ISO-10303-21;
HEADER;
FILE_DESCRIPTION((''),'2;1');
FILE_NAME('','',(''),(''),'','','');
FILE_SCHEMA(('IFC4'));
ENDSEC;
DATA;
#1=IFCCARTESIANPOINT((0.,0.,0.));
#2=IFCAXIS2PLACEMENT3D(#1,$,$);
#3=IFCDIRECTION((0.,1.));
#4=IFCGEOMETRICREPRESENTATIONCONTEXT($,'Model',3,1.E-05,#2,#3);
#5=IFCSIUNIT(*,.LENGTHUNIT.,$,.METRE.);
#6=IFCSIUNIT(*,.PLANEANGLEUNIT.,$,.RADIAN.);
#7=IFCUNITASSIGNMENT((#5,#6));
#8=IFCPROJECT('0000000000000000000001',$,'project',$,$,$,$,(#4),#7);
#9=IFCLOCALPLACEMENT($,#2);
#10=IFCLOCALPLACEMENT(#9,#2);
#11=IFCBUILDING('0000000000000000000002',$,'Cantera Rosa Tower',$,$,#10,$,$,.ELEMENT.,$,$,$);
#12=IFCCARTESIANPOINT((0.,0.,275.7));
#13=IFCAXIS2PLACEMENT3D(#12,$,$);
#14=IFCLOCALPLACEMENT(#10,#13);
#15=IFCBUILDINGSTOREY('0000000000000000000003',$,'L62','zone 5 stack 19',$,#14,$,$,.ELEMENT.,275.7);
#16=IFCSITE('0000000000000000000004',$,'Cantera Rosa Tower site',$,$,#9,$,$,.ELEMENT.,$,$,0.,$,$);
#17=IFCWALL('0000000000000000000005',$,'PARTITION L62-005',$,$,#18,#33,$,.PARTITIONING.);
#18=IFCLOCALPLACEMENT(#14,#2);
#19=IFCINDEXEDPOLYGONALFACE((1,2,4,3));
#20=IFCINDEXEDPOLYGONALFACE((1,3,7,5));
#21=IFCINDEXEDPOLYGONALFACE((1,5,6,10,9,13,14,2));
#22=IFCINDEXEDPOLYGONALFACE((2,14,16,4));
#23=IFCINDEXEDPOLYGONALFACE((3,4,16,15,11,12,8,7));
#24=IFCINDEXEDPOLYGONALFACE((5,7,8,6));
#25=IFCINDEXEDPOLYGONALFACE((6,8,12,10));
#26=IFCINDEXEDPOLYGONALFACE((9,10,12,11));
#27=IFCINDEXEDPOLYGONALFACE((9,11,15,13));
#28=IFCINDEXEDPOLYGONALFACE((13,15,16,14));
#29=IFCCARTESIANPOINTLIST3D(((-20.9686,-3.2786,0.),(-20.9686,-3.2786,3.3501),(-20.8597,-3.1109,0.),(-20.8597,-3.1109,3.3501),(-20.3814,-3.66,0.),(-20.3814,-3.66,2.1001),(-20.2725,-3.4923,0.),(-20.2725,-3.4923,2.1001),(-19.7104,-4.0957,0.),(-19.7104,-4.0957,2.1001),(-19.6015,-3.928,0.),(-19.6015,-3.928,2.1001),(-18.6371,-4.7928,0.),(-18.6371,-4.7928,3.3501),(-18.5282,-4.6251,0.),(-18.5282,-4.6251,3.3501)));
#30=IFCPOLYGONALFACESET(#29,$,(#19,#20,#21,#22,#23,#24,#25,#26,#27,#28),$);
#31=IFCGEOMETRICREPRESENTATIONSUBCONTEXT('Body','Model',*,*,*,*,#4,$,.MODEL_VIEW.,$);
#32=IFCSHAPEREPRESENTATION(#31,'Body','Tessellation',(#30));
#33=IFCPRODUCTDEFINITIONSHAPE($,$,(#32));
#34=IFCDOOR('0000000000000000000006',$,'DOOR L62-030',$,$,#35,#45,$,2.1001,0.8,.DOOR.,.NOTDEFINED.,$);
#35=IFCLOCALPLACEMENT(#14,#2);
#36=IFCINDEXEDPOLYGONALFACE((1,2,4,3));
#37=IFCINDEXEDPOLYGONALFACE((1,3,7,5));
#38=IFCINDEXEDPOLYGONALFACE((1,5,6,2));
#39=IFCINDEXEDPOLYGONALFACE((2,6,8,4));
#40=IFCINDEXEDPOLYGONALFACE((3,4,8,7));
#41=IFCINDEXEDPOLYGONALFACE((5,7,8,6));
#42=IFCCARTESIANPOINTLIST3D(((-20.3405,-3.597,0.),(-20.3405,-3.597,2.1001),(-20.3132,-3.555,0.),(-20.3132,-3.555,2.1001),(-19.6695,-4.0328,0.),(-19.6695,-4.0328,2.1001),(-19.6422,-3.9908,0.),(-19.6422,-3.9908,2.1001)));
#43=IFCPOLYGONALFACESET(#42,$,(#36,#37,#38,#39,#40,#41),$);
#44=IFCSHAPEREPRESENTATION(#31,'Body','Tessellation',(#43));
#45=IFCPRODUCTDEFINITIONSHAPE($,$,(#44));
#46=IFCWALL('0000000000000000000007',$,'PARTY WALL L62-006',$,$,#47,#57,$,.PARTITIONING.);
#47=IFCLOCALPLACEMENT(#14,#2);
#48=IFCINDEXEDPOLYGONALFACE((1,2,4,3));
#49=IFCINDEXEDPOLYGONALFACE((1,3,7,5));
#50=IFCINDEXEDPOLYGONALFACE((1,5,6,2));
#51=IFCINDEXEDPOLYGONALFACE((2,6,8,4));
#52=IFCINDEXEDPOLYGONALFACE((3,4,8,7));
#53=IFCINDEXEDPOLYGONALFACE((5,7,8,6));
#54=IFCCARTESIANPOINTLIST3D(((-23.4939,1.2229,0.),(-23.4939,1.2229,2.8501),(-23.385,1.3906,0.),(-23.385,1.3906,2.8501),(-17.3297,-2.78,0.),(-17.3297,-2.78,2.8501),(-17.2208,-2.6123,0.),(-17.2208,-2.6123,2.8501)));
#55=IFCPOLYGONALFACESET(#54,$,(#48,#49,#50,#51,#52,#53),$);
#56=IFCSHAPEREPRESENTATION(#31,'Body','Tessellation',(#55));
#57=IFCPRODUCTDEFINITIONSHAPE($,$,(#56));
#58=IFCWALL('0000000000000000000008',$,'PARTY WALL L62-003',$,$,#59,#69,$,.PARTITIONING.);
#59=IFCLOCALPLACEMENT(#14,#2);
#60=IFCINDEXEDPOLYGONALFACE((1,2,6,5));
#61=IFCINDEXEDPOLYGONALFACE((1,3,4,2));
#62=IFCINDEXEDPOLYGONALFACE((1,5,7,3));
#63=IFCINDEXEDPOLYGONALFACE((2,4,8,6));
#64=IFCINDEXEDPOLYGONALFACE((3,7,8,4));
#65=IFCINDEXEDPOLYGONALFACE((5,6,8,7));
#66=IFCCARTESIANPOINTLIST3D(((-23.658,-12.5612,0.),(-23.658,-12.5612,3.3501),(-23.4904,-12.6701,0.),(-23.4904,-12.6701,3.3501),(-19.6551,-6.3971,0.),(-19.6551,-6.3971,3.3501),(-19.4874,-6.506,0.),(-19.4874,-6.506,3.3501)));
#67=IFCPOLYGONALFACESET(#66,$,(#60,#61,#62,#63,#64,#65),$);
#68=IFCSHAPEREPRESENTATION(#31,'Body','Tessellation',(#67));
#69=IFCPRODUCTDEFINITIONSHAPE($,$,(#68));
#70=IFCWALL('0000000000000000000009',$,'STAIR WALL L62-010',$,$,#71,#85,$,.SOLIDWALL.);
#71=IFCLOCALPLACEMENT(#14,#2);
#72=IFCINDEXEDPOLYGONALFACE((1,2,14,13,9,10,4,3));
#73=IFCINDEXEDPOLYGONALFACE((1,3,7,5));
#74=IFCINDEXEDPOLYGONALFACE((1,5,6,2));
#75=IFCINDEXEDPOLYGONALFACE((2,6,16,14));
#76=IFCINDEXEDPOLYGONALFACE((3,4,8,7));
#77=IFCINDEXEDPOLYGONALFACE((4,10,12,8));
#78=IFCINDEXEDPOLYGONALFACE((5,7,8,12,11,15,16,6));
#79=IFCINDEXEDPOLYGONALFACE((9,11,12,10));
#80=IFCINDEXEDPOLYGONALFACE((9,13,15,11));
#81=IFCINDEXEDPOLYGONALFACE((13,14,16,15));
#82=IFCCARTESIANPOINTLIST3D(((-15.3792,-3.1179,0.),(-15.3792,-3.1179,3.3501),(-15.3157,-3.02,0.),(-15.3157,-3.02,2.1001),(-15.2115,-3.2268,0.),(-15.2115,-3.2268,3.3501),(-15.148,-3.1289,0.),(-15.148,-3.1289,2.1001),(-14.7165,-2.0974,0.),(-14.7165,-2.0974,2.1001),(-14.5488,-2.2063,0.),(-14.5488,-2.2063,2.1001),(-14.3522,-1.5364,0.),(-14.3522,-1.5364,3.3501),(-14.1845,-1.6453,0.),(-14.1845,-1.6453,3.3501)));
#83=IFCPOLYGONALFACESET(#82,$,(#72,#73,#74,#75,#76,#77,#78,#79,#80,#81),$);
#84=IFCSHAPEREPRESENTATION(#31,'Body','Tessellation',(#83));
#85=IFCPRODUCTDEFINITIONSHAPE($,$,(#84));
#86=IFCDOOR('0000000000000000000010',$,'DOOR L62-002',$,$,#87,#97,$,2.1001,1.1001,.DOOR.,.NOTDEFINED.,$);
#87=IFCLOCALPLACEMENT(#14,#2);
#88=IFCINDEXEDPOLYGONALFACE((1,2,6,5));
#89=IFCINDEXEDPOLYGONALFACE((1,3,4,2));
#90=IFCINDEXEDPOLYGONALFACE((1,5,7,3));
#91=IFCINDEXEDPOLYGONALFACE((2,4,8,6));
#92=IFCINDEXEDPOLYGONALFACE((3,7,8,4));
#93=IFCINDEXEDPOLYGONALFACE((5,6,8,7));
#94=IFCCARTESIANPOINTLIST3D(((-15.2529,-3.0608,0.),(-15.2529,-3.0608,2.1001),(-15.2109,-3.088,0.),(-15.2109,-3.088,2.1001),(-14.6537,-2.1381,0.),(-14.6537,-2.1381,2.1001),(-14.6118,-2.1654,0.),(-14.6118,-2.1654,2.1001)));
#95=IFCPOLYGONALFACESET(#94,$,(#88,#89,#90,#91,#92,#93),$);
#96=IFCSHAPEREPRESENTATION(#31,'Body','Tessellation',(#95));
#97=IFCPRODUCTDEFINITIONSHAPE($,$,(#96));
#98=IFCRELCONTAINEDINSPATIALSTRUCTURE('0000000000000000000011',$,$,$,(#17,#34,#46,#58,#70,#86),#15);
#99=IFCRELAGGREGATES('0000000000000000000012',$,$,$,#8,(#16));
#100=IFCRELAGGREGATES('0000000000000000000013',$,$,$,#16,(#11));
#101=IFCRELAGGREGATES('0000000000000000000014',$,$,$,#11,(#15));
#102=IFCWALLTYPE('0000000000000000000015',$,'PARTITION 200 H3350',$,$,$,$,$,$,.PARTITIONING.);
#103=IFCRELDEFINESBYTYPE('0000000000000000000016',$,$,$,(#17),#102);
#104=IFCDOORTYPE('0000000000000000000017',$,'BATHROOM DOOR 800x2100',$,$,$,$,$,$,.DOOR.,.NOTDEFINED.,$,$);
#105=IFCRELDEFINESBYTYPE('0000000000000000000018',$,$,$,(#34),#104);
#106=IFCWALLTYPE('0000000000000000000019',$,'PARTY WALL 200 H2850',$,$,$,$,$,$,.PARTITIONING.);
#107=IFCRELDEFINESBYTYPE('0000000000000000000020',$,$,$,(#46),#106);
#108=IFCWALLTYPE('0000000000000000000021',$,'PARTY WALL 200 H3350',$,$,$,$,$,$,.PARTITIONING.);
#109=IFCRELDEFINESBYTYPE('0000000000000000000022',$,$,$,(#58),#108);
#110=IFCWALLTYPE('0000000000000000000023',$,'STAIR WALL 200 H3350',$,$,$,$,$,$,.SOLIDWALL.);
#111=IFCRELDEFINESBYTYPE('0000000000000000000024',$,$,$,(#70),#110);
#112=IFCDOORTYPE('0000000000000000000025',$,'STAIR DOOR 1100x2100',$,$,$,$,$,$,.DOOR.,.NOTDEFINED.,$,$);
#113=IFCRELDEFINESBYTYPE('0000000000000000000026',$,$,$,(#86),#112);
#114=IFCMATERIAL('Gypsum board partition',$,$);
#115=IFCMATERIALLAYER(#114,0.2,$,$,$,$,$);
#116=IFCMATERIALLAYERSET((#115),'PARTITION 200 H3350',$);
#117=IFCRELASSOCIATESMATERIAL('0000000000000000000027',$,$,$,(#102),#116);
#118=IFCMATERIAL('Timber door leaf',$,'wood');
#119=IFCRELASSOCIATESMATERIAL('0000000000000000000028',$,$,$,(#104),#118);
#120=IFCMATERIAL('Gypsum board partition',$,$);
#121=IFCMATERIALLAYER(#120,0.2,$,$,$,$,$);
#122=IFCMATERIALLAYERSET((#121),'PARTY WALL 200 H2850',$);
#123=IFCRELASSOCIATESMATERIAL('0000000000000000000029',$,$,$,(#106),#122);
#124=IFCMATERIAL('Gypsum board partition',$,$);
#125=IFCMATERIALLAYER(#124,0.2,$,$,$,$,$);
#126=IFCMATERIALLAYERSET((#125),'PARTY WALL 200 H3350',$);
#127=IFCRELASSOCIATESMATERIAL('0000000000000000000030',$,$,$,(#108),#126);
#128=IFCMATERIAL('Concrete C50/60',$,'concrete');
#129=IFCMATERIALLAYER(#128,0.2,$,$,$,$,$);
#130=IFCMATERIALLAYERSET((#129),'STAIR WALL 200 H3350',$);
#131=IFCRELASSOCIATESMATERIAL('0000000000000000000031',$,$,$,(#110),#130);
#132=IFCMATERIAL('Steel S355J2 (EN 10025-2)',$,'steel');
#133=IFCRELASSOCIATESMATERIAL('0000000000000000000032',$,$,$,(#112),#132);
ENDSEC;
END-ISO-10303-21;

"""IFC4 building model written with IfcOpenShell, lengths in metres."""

from ifc_helpers import new_model, si_unit, direction, frame, frame_2d, origin, place, context, subcontext, project, spatial, rectangle, extrude, material, layer, layer_set, type_object, element, fill, save


model = new_model("IFC4")

# Units and contexts
model_context = context("Model", 3, precision=1e-05, world=origin(), true_north=direction((0.0, 1.0)))
body_context = subcontext(model_context, "Body", "Model", "MODEL_VIEW")
ifc_project = project(units=[si_unit("LENGTHUNIT", "METRE"), si_unit("PLANEANGLEUNIT", "RADIAN")], contexts=[model_context])

# Site, building, storey
site_placement = place(None, origin())
site = spatial("IfcSite", under=ifc_project, at=site_placement, Name="Cantera Rosa Tower site", CompositionType="ELEMENT", RefElevation=0.0)
building_placement = place(site_placement, origin())
building = spatial("IfcBuilding", under=site, at=building_placement, Name="Cantera Rosa Tower", CompositionType="ELEMENT")
storey_placement = place(building_placement, frame((0.0, 0.0, 275.7)))
storey = spatial("IfcBuildingStorey", under=building, at=storey_placement, Name="L62", Description="zone 5 stack 19", CompositionType="ELEMENT", Elevation=275.7)

# Shared definitions
ifc_material_1 = material(Name="Gypsum board partition")
ifc_layer_1 = layer(ifc_material_1, 0.2)
ifc_layer_set_1 = layer_set([ifc_layer_1], Name="PARTITION 200 H3350")
wall_type_1 = type_object("IfcWallType", Name="PARTITION 200 H3350", PredefinedType="PARTITIONING", material=ifc_layer_set_1)

# Wall, opening, door
wall_1_placement = place(storey_placement, frame((-18.5825, -4.709, 0.0), z_axis=(0.0, 0.0, 1.0), x_axis=(-0.838664, 0.544649, 0.0)))
wall_1 = element("IfcWall", 1, at=wall_1_placement, inside=storey, type_object=wall_type_1, Name="PARTITION L62-005", PredefinedType="PARTITIONING", context=body_context, shape_type="SweptSolid", body=[
    extrude(rectangle(XDim=2.78, YDim=0.2, at=frame_2d((1.3901, 0.0))), origin(), (0.0, 0.0, 1.0), 3.3501),
])
opening_1_placement = place(wall_1_placement, frame((1.28, 0.0, 0.0)))
opening_1 = element("IfcOpeningElement", 2, at=opening_1_placement, cuts=wall_1, PredefinedType="OPENING", context=body_context, shape_type="SweptSolid", body=[
    extrude(rectangle(XDim=0.8, YDim=2.1001, at=frame_2d((0.3999, 1.05))), frame((0.0, 0.1099, 0.0), z_axis=(0.0, -1.0, 0.0), x_axis=(1.0, 0.0, 0.0)), (0.0, 0.0, 1.0), 0.22),
])
ifc_material_2 = material(Name="Timber door leaf", Category="wood")
door_type_1 = type_object("IfcDoorType", Name="BATHROOM DOOR 800x2100", OperationType="NOTDEFINED", PredefinedType="DOOR", material=ifc_material_2)
door_1_placement = place(opening_1_placement, origin())
door_1 = element("IfcDoor", 3, at=door_1_placement, inside=storey, type_object=door_type_1, Name="DOOR L62-030", OperationType="NOTDEFINED", OverallHeight=2.1001, OverallWidth=0.8, PredefinedType="DOOR", context=body_context, shape_type="SweptSolid", body=[
    extrude(rectangle(XDim=0.8, YDim=2.1001, at=frame_2d((0.3999, 1.05))), frame((0.0, 0.0249, 0.0), z_axis=(0.0, -1.0, 0.0), x_axis=(1.0, 0.0, 0.0)), (0.0, 0.0, 1.0), 0.05),
])
fill(opening_1, door_1)

# Walls
ifc_material_3 = material(Name="Gypsum board partition")
ifc_layer_2 = layer(ifc_material_3, 0.2)
ifc_layer_set_2 = layer_set([ifc_layer_2], Name="PARTY WALL 200 H2850")
wall_type_2 = type_object("IfcWallType", Name="PARTY WALL 200 H2850", PredefinedType="PARTITIONING", material=ifc_layer_set_2)
wall_2_placement = place(storey_placement, frame((-17.2754, -2.696, 0.0), z_axis=(0.0, 0.0, 1.0), x_axis=(-0.838684, 0.544618, 0.0)))
element("IfcWall", 4, at=wall_2_placement, inside=storey, type_object=wall_type_2, Name="PARTY WALL L62-006", PredefinedType="PARTITIONING", context=body_context, shape_type="SweptSolid", body=[
    extrude(rectangle(XDim=7.3499, YDim=0.2, at=frame_2d((3.6748, 0.0))), origin(), (0.0, 0.0, 1.0), 2.8501),
])
ifc_material_4 = material(Name="Gypsum board partition")
ifc_layer_3 = layer(ifc_material_4, 0.2)
ifc_layer_set_3 = layer_set([ifc_layer_3], Name="PARTY WALL 200 H3350")
wall_type_3 = type_object("IfcWallType", Name="PARTY WALL 200 H3350", PredefinedType="PARTITIONING", material=ifc_layer_set_3)
wall_3_placement = place(storey_placement, frame((-19.5713, -6.4517, 0.0), z_axis=(0.0, 0.0, 1.0), x_axis=(-0.544633, -0.838674, 0.0)))
element("IfcWall", 5, at=wall_3_placement, inside=storey, type_object=wall_type_3, Name="PARTY WALL L62-003", PredefinedType="PARTITIONING", context=body_context, shape_type="SweptSolid", body=[
    extrude(rectangle(XDim=7.3499, YDim=0.2, at=frame_2d((3.6748, 0.0))), origin(), (0.0, 0.0, 1.0), 3.3501),
])

# Wall, opening, door
ifc_material_5 = material(Name="Concrete C50/60", Category="concrete")
ifc_layer_4 = layer(ifc_material_5, 0.2)
ifc_layer_set_4 = layer_set([ifc_layer_4], Name="STAIR WALL 200 H3350")
wall_type_4 = type_object("IfcWallType", Name="STAIR WALL 200 H3350", PredefinedType="SOLIDWALL", material=ifc_layer_set_4)
wall_4_placement = place(storey_placement, frame((-14.2683, -1.5908, 0.0), z_axis=(0.0, 0.0, 1.0), x_axis=(-0.544652, -0.838662, 0.0)))
wall_4 = element("IfcWall", 6, at=wall_4_placement, inside=storey, type_object=wall_type_4, Name="STAIR WALL L62-010", PredefinedType="SOLIDWALL", context=body_context, shape_type="SweptSolid", body=[
    extrude(rectangle(XDim=1.8857, YDim=0.2, at=frame_2d((0.9429, 0.0))), origin(), (0.0, 0.0, 1.0), 3.3501),
])
opening_2_placement = place(wall_4_placement, frame((0.6689, 0.0, 0.0)))
opening_2 = element("IfcOpeningElement", 7, at=opening_2_placement, cuts=wall_4, PredefinedType="OPENING", context=body_context, shape_type="SweptSolid", body=[
    extrude(rectangle(XDim=1.1001, YDim=2.1001, at=frame_2d((0.55, 1.05))), frame((0.0, 0.1099, 0.0), z_axis=(0.0, -1.0, 0.0), x_axis=(1.0, 0.0, 0.0)), (0.0, 0.0, 1.0), 0.22),
])
ifc_material_6 = material(Name="Steel S355J2 (EN 10025-2)", Category="steel")
door_type_2 = type_object("IfcDoorType", Name="STAIR DOOR 1100x2100", OperationType="NOTDEFINED", PredefinedType="DOOR", material=ifc_material_6)
door_2_placement = place(opening_2_placement, origin())
door_2 = element("IfcDoor", 8, at=door_2_placement, inside=storey, type_object=door_type_2, Name="DOOR L62-002", OperationType="NOTDEFINED", OverallHeight=2.1001, OverallWidth=1.1001, PredefinedType="DOOR", context=body_context, shape_type="SweptSolid", body=[
    extrude(rectangle(XDim=1.1001, YDim=2.1001, at=frame_2d((0.55, 1.05))), frame((0.0, 0.0249, 0.0), z_axis=(0.0, -1.0, 0.0), x_axis=(1.0, 0.0, 0.0)), (0.0, 0.0, 1.0), 0.05),
])
fill(opening_2, door_2)

save(model, "model.ifc")
